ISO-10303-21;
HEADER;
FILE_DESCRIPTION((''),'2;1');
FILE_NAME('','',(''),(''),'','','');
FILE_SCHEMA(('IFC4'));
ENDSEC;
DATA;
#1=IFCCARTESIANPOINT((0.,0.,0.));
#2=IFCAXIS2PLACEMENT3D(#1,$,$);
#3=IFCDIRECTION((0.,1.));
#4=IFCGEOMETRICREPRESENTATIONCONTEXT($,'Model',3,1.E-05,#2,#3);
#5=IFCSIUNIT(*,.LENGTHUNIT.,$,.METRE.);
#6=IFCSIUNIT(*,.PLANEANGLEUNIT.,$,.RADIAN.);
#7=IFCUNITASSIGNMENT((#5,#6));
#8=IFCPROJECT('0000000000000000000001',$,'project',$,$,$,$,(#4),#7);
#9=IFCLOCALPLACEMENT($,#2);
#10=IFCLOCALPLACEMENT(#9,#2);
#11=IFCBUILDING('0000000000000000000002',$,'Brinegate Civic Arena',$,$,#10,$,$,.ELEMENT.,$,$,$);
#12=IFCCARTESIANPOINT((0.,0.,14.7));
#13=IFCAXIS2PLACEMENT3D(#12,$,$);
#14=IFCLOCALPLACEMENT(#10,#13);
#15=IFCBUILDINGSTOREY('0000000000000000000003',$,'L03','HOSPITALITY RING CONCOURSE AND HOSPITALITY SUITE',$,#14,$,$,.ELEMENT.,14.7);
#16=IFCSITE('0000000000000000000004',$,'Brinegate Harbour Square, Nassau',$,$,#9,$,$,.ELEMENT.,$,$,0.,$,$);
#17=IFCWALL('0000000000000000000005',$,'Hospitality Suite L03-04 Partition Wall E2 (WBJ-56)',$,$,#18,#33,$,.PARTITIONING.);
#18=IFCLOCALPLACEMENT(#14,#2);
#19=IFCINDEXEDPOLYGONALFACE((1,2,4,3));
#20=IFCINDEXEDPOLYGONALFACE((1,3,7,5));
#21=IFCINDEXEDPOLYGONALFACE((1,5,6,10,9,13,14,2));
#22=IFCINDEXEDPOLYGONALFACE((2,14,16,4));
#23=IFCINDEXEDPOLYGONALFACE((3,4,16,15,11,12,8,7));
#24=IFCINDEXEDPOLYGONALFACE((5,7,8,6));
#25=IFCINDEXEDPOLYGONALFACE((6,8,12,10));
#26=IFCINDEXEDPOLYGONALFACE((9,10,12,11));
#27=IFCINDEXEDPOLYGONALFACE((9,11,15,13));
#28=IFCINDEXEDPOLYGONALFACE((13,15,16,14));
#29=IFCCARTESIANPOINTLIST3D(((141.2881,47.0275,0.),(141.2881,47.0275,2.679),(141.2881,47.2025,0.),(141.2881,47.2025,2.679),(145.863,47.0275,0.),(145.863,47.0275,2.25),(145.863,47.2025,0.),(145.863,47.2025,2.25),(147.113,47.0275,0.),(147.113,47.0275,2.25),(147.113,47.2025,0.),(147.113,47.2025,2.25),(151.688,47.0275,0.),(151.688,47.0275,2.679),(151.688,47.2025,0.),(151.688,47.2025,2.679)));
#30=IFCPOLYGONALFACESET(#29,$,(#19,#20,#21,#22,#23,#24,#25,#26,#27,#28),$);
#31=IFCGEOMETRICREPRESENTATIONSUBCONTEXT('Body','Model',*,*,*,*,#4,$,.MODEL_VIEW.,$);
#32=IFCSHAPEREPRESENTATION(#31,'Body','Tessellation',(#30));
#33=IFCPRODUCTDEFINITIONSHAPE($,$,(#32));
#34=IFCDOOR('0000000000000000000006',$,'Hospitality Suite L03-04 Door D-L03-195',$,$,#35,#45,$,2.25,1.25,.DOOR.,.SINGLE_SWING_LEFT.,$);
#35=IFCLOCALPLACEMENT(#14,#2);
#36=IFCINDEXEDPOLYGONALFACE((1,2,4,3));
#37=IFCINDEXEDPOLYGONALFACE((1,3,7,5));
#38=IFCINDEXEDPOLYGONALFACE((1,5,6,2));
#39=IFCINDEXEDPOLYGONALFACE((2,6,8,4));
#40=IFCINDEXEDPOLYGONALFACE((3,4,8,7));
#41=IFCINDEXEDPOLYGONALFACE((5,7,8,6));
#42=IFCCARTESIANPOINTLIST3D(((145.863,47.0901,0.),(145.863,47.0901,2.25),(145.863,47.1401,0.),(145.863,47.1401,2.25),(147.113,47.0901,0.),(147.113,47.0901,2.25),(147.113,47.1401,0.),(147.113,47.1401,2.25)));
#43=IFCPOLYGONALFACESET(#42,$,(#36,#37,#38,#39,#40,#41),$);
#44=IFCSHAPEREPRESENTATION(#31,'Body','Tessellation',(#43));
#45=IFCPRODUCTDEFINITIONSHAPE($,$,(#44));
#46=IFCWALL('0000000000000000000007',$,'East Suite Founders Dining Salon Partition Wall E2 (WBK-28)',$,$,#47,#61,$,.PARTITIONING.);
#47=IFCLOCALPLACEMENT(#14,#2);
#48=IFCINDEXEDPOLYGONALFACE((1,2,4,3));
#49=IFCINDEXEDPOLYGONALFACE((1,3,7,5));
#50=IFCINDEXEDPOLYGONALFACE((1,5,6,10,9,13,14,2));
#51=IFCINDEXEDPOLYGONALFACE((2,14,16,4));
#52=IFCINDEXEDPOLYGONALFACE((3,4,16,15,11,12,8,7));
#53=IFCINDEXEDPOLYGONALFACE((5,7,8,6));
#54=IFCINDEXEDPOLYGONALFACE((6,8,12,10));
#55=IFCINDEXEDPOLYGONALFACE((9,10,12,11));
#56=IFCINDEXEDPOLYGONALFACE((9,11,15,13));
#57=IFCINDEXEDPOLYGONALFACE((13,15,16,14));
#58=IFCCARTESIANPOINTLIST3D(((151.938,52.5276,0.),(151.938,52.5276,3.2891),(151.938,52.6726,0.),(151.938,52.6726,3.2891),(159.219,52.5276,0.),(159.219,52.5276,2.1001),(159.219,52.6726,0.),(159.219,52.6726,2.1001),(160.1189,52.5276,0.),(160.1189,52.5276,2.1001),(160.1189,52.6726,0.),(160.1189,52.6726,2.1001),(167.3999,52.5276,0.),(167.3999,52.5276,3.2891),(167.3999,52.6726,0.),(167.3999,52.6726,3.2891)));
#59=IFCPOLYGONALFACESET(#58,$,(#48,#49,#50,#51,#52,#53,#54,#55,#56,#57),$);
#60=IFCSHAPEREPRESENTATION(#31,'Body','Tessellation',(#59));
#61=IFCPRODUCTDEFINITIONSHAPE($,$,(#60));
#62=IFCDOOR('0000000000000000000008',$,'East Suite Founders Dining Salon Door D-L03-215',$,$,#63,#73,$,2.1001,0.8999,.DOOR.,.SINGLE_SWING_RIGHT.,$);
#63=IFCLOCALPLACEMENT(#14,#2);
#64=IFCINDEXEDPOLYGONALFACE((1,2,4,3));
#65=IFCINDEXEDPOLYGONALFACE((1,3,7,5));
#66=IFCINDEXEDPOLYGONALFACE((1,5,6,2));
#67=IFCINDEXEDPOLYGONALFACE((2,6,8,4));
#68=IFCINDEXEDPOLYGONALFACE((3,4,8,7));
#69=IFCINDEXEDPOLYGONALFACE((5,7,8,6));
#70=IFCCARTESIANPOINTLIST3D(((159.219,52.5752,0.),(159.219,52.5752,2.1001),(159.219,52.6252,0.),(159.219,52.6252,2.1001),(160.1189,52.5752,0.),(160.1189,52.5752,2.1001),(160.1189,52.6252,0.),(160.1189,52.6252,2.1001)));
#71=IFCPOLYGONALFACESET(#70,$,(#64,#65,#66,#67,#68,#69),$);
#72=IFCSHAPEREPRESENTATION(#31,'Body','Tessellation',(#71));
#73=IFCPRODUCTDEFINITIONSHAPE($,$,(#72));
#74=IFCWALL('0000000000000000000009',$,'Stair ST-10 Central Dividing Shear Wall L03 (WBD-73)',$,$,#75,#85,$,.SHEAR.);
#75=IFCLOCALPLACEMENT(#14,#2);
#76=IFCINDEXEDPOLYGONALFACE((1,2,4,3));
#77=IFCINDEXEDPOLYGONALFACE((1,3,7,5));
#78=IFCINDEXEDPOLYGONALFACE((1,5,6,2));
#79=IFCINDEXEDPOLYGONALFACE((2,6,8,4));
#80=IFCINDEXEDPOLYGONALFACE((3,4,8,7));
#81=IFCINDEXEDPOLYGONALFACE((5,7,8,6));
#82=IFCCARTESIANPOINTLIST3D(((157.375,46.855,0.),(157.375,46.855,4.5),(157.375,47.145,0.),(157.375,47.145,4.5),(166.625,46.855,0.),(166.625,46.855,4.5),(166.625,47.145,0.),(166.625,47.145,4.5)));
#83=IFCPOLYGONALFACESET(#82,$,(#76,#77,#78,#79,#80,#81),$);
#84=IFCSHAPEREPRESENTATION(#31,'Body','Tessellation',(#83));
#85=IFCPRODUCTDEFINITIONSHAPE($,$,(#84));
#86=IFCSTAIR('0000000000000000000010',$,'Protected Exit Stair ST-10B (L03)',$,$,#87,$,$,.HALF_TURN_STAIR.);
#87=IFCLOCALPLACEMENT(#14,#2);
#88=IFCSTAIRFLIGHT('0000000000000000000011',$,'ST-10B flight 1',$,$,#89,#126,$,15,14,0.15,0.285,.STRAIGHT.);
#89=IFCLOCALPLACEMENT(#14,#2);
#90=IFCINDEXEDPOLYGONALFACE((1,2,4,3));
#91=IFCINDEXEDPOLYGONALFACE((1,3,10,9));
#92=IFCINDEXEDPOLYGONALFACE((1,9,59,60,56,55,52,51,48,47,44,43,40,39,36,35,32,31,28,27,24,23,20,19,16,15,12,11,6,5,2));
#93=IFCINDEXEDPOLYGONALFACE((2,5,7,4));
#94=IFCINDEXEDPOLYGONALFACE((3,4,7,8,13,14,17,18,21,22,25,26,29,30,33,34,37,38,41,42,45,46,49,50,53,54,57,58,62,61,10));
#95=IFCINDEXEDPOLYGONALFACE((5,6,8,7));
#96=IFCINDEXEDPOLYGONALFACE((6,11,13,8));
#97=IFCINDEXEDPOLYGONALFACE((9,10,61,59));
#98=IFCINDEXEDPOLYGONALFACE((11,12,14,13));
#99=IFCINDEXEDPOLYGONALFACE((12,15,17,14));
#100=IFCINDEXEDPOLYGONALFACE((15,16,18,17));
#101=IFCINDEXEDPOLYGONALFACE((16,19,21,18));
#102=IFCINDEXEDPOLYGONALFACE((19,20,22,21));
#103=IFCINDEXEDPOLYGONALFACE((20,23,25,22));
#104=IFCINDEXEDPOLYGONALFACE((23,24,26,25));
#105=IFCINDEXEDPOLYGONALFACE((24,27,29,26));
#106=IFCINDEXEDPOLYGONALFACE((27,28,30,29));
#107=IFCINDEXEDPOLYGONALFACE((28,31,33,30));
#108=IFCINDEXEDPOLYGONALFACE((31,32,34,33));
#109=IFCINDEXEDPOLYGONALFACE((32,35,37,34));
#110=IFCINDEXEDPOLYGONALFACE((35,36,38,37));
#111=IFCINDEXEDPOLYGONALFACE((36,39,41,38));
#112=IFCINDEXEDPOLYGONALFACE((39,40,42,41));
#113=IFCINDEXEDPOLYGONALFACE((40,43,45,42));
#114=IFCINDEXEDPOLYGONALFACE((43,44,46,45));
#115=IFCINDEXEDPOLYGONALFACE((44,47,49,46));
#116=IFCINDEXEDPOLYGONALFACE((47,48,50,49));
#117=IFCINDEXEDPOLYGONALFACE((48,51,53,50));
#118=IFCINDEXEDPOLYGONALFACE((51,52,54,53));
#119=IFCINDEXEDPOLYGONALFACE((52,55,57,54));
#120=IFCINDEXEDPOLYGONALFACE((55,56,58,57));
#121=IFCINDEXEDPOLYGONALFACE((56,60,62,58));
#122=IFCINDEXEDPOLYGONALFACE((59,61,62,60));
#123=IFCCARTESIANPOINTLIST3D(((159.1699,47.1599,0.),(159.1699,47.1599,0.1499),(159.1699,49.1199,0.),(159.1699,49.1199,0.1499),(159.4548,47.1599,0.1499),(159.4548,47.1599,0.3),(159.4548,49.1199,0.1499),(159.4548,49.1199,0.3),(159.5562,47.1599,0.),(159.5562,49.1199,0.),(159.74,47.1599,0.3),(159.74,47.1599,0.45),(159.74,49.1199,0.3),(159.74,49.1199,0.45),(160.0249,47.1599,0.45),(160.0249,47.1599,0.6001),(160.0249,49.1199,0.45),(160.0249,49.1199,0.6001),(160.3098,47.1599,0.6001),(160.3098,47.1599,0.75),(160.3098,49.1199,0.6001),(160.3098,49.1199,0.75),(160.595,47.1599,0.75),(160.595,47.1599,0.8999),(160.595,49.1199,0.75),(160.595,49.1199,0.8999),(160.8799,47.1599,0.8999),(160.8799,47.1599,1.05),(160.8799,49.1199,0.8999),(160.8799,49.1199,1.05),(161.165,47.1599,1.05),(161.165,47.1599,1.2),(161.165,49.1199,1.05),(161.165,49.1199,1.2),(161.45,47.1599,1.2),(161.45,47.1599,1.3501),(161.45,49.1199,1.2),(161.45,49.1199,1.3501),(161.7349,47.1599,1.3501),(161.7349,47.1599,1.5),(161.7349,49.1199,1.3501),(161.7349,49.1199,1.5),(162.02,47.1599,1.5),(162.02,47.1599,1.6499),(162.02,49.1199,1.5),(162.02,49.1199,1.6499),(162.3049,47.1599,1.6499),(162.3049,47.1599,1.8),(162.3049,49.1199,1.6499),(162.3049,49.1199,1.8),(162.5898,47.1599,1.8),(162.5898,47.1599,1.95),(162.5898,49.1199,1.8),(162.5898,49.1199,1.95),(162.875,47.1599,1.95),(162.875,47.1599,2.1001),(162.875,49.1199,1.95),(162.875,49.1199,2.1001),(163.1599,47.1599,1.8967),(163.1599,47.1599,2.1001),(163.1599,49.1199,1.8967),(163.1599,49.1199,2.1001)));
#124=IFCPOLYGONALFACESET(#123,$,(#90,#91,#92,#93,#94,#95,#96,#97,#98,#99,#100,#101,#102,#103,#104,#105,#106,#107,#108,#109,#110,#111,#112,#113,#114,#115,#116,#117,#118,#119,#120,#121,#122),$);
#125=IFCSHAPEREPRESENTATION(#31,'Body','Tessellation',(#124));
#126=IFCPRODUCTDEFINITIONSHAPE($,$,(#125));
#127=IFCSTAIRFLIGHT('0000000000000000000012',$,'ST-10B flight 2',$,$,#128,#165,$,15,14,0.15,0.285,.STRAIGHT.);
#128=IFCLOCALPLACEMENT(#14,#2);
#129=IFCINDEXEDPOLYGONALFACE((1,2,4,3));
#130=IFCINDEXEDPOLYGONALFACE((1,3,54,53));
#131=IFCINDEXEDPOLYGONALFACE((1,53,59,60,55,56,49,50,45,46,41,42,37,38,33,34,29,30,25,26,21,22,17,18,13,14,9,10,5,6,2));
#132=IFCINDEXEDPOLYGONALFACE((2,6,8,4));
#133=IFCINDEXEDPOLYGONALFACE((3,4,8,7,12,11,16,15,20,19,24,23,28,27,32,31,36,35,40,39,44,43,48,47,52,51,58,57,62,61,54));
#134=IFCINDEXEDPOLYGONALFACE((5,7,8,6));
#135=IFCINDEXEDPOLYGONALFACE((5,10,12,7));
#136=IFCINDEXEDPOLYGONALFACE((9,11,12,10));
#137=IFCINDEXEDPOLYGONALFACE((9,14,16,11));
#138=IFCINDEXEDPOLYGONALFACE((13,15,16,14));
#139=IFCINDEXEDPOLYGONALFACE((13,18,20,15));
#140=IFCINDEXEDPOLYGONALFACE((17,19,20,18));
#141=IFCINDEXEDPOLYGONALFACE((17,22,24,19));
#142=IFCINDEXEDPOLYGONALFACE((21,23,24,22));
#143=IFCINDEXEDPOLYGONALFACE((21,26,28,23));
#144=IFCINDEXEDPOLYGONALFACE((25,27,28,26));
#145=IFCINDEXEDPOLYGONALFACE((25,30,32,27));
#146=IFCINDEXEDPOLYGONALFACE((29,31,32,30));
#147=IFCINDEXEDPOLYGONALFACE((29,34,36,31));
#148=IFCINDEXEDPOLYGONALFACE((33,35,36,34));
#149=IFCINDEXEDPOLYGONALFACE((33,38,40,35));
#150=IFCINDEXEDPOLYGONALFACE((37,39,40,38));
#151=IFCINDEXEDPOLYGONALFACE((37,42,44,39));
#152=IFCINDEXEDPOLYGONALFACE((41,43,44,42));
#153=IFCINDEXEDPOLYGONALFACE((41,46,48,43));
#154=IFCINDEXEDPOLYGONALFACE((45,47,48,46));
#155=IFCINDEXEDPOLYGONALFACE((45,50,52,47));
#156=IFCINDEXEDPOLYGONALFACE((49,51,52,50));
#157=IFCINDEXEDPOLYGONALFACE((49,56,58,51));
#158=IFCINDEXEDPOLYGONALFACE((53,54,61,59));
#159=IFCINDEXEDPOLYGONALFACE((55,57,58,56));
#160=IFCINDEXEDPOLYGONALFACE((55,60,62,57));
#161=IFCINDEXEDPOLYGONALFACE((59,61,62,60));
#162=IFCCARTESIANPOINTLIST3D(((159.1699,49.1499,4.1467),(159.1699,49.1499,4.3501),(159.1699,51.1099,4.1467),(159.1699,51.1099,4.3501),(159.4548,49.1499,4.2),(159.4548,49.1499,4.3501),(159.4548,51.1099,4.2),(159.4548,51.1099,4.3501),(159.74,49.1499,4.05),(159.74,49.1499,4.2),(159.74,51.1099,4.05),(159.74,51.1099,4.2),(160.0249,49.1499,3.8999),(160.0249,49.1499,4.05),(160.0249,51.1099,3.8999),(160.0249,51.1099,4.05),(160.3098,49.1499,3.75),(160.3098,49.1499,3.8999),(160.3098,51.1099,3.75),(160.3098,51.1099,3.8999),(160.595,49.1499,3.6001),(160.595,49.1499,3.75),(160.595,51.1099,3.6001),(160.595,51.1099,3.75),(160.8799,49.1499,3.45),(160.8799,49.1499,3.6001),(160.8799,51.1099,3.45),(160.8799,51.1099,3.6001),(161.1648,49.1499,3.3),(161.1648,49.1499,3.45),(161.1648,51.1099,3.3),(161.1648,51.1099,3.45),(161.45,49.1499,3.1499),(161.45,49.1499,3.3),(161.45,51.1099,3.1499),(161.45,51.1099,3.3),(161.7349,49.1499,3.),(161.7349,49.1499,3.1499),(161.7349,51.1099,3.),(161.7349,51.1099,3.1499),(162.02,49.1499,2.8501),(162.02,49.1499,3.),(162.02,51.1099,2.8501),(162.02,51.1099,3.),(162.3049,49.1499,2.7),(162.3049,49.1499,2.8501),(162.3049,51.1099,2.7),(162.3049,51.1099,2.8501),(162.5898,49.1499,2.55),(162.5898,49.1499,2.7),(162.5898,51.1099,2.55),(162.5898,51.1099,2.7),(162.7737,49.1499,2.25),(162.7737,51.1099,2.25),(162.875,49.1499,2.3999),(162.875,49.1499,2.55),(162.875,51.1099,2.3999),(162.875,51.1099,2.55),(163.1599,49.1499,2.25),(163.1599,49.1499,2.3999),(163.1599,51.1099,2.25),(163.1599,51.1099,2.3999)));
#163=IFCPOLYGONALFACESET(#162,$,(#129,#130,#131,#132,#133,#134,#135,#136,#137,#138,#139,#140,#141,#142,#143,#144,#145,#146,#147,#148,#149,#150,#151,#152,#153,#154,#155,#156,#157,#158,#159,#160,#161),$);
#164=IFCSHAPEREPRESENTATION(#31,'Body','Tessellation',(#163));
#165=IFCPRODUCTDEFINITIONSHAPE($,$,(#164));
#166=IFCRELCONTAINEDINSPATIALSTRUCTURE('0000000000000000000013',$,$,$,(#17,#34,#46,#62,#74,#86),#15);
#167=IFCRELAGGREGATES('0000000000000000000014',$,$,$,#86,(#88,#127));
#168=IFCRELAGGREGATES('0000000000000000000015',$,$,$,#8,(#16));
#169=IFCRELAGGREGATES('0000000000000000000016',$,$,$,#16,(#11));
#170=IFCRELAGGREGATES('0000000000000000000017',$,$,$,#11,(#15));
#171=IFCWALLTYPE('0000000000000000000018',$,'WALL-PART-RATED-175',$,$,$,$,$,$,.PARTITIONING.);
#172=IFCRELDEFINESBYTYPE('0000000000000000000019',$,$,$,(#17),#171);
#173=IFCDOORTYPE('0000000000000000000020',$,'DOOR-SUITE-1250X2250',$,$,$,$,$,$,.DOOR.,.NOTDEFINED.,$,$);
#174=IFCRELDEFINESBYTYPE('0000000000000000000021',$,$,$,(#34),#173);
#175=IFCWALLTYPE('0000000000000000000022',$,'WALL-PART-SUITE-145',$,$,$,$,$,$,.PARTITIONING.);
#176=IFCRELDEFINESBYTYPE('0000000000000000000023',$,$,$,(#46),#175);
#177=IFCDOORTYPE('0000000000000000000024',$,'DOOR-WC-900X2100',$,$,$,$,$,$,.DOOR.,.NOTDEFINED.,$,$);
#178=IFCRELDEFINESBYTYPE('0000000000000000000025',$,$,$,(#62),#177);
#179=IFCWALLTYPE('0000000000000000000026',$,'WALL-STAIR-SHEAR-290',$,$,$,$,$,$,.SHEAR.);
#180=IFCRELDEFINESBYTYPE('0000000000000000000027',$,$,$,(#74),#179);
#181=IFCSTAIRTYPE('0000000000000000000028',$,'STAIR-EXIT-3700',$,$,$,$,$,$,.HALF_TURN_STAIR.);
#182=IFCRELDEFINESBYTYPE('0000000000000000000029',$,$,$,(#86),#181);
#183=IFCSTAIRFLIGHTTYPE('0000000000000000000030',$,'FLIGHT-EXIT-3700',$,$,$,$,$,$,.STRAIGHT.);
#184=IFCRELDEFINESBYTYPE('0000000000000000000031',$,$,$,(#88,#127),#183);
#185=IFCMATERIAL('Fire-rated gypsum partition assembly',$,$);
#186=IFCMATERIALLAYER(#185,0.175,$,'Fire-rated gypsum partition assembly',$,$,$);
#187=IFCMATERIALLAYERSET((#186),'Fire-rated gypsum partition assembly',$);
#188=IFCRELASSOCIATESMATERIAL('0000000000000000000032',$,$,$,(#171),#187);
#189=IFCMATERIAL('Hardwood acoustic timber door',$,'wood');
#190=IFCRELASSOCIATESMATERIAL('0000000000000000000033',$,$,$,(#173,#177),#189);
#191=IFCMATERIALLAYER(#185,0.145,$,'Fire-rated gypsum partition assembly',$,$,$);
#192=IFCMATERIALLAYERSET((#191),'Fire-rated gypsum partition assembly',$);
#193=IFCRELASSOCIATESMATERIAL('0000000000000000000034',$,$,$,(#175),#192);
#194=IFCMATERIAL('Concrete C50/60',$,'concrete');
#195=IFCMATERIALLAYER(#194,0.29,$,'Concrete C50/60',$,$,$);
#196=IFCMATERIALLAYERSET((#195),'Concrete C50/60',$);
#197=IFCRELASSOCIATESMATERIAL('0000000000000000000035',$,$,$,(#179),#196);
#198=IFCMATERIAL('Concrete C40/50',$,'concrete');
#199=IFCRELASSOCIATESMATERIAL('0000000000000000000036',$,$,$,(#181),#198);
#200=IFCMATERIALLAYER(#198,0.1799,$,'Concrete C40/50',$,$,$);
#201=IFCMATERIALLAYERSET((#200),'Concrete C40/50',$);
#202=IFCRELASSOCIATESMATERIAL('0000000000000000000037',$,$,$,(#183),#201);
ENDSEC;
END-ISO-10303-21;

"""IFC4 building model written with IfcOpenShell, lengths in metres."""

from ifc_helpers import new_model, si_unit, direction, frame, frame_2d, origin, place, context, subcontext, project, spatial, polyline, rectangle, outline, extrude, material, layer, layer_set, type_object, element, fill, aggregate, save


model = new_model("IFC4")

# Units and contexts
model_context = context("Model", 3, precision=1e-05, world=origin(), true_north=direction((0.0, 1.0)))
body_context = subcontext(model_context, "Body", "Model", "MODEL_VIEW")
ifc_project = project(units=[si_unit("LENGTHUNIT", "METRE"), si_unit("PLANEANGLEUNIT", "RADIAN")], contexts=[model_context])

# Site, building, storey
site_placement = place(None, origin())
site = spatial("IfcSite", under=ifc_project, at=site_placement, Name="Brinegate Harbour Square, Nassau", CompositionType="ELEMENT", RefElevation=0.0)
building_placement = place(site_placement, origin())
building = spatial("IfcBuilding", under=site, at=building_placement, Name="Brinegate Civic Arena", CompositionType="ELEMENT")
storey_placement = place(building_placement, frame((0.0, 0.0, 14.7)))
storey = spatial("IfcBuildingStorey", under=building, at=storey_placement, Name="L03", Description="HOSPITALITY RING CONCOURSE AND HOSPITALITY SUITE", CompositionType="ELEMENT", Elevation=14.7)

# Shared definitions
ifc_material_1 = material(Name="Concrete C50/60", Category="concrete")

# Shared definitions
ifc_material_2 = material(Name="Fire-rated gypsum partition assembly")
ifc_material_3 = material(Name="Hardwood acoustic timber door", Category="wood")

# Shared definitions
ifc_layer_1 = layer(ifc_material_2, 0.175, Name="Fire-rated gypsum partition assembly")
ifc_layer_set_1 = layer_set([ifc_layer_1], Name="Fire-rated gypsum partition assembly")
wall_type_1 = type_object("IfcWallType", Name="WALL-PART-RATED-175", PredefinedType="PARTITIONING", material=ifc_layer_set_1)

# Walls, openings, doors
wall_1_placement = place(storey_placement, frame((151.688, 47.115, 0.0), z_axis=(0.0, 0.0, 1.0), x_axis=(-1.0, 0.0, 0.0)))
wall_1 = element("IfcWall", 1, at=wall_1_placement, inside=storey, type_object=wall_type_1, Name="Hospitality Suite L03-04 Partition Wall E2 (WBJ-56)", PredefinedType="PARTITIONING", context=body_context, shape_type="SweptSolid", body=[
    extrude(rectangle(XDim=10.3999, YDim=0.175, at=frame_2d((5.2, 0.0))), origin(), (0.0, 0.0, 1.0), 2.679),
])
opening_1_placement = place(wall_1_placement, frame((4.575, 0.0, 0.0)))
opening_1 = element("IfcOpeningElement", 2, at=opening_1_placement, cuts=wall_1, PredefinedType="OPENING", context=body_context, shape_type="SweptSolid", body=[
    extrude(rectangle(XDim=1.25, YDim=2.25, at=frame_2d((0.625, 1.125))), frame((0.0, 0.0974, 0.0), z_axis=(0.0, -1.0, 0.0), x_axis=(1.0, 0.0, 0.0)), (0.0, 0.0, 1.0), 0.1951),
])
door_type_1 = type_object("IfcDoorType", Name="DOOR-SUITE-1250X2250", OperationType="NOTDEFINED", PredefinedType="DOOR", material=ifc_material_3)
door_1_placement = place(opening_1_placement, origin())
door_1 = element("IfcDoor", 3, at=door_1_placement, inside=storey, type_object=door_type_1, Name="Hospitality Suite L03-04 Door D-L03-195", OperationType="SINGLE_SWING_LEFT", OverallHeight=2.25, OverallWidth=1.25, PredefinedType="DOOR", context=body_context, shape_type="SweptSolid", body=[
    extrude(rectangle(XDim=1.25, YDim=2.25, at=frame_2d((0.625, 1.125))), frame((0.0, 0.0249, 0.0), z_axis=(0.0, -1.0, 0.0), x_axis=(1.0, 0.0, 0.0)), (0.0, 0.0, 1.0), 0.05),
])
fill(opening_1, door_1)
ifc_layer_2 = layer(ifc_material_2, 0.145, Name="Fire-rated gypsum partition assembly")
ifc_layer_set_2 = layer_set([ifc_layer_2], Name="Fire-rated gypsum partition assembly")
wall_type_2 = type_object("IfcWallType", Name="WALL-PART-SUITE-145", PredefinedType="PARTITIONING", material=ifc_layer_set_2)
wall_2_placement = place(storey_placement, frame((167.3999, 52.6001, 0.0), z_axis=(0.0, 0.0, 1.0), x_axis=(-1.0, 0.0, 0.0)))
wall_2 = element("IfcWall", 4, at=wall_2_placement, inside=storey, type_object=wall_type_2, Name="East Suite Founders Dining Salon Partition Wall E2 (WBK-28)", PredefinedType="PARTITIONING", context=body_context, shape_type="SweptSolid", body=[
    extrude(rectangle(XDim=15.4619, YDim=0.145, at=frame_2d((7.731, 0.0))), origin(), (0.0, 0.0, 1.0), 3.2891),
])
opening_2_placement = place(wall_2_placement, frame((7.281, 0.0, 0.0)))
opening_2 = element("IfcOpeningElement", 5, at=opening_2_placement, cuts=wall_2, PredefinedType="OPENING", context=body_context, shape_type="SweptSolid", body=[
    extrude(rectangle(XDim=0.8999, YDim=2.1001, at=frame_2d((0.45, 1.05))), frame((0.0, 0.0825, 0.0), z_axis=(0.0, -1.0, 0.0), x_axis=(1.0, 0.0, 0.0)), (0.0, 0.0, 1.0), 0.165),
])
door_type_2 = type_object("IfcDoorType", Name="DOOR-WC-900X2100", OperationType="NOTDEFINED", PredefinedType="DOOR", material=ifc_material_3)
door_2_placement = place(opening_2_placement, origin())
door_2 = element("IfcDoor", 6, at=door_2_placement, inside=storey, type_object=door_type_2, Name="East Suite Founders Dining Salon Door D-L03-215", OperationType="SINGLE_SWING_RIGHT", OverallHeight=2.1001, OverallWidth=0.8999, PredefinedType="DOOR", context=body_context, shape_type="SweptSolid", body=[
    extrude(rectangle(XDim=0.8999, YDim=2.1001, at=frame_2d((0.45, 1.05))), frame((0.0, 0.0249, 0.0), z_axis=(0.0, -1.0, 0.0), x_axis=(1.0, 0.0, 0.0)), (0.0, 0.0, 1.0), 0.05),
])
fill(opening_2, door_2)

# Wall
ifc_layer_3 = layer(ifc_material_1, 0.29, Name="Concrete C50/60")
ifc_layer_set_3 = layer_set([ifc_layer_3], Name="Concrete C50/60")
wall_type_3 = type_object("IfcWallType", Name="WALL-STAIR-SHEAR-290", PredefinedType="SHEAR", material=ifc_layer_set_3)
wall_3_placement = place(storey_placement, frame((157.375, 47.0, 0.0), z_axis=(0.0, 0.0, 1.0), x_axis=(1.0, 0.0, 0.0)))
element("IfcWall", 7, at=wall_3_placement, inside=storey, type_object=wall_type_3, Name="Stair ST-10 Central Dividing Shear Wall L03 (WBD-73)", PredefinedType="SHEAR", context=body_context, shape_type="SweptSolid", body=[
    extrude(rectangle(XDim=9.25, YDim=0.29, at=frame_2d((4.625, 0.0))), origin(), (0.0, 0.0, 1.0), 4.5),
])

# Stair, stair flights
ifc_material_4 = material(Name="Concrete C40/50", Category="concrete")
stair_type = type_object("IfcStairType", Name="STAIR-EXIT-3700", PredefinedType="HALF_TURN_STAIR", material=ifc_material_4)
stair_placement = place(storey_placement, origin())
stair = element("IfcStair", 8, at=stair_placement, inside=storey, type_object=stair_type, Name="Protected Exit Stair ST-10B (L03)", PredefinedType="HALF_TURN_STAIR")
ifc_layer_4 = layer(ifc_material_4, 0.1799, Name="Concrete C40/50")
ifc_layer_set_4 = layer_set([ifc_layer_4], Name="Concrete C40/50")
stair_flight_type = type_object("IfcStairFlightType", Name="FLIGHT-EXIT-3700", PredefinedType="STRAIGHT", material=ifc_layer_set_4)
stair_flight_1_placement = place(storey_placement, frame((159.1699, 48.1399, 0.0), z_axis=(0.0, 0.0, 1.0), x_axis=(1.0, 0.0, 0.0)))
stair_flight_1 = element("IfcStairFlight", 9, at=stair_flight_1_placement, type_object=stair_flight_type, Name="ST-10B flight 1", NumberOfRisers=15, NumberOfTreads=14, PredefinedType="STRAIGHT", RiserHeight=0.15, TreadLength=0.285, context=body_context, shape_type="SweptSolid", body=[
    extrude(outline(polyline([(0.0, 0.0), (0.0, 0.1499), (0.2849, 0.1499), (0.2849, 0.3), (0.5701, 0.3), (0.5701, 0.45), (0.855, 0.45), (0.855, 0.6001), (1.1399, 0.6001), (1.1399, 0.75), (1.425, 0.75), (1.425, 0.8999), (1.71, 0.8999), (1.71, 1.05), (1.9951, 1.05), (1.9951, 1.2), (2.28, 1.2), (2.28, 1.3501), (2.5649, 1.3501), (2.5649, 1.5), (2.8501, 1.5), (2.8501, 1.6499), (3.135, 1.6499), (3.135, 1.8), (3.4199, 1.8), (3.4199, 1.95), (3.7051, 1.95), (3.7051, 2.1001), (3.99, 2.1001), (3.99, 2.25), (3.99, 1.8967), (0.3862, 0.0), (0.0, 0.0)])), frame((0.0, 0.98, 0.0), z_axis=(0.0, -1.0, 0.0), x_axis=(1.0, 0.0, 0.0)), (0.0, 0.0, 1.0), 1.96),
])
stair_flight_2_placement = place(storey_placement, frame((163.1599, 50.1299, 2.25), z_axis=(0.0, 0.0, 1.0), x_axis=(-1.0, 0.0, 0.0)))
stair_flight_2 = element("IfcStairFlight", 10, at=stair_flight_2_placement, type_object=stair_flight_type, Name="ST-10B flight 2", NumberOfRisers=15, NumberOfTreads=14, PredefinedType="STRAIGHT", RiserHeight=0.15, TreadLength=0.285, context=body_context, shape_type="SweptSolid", body=[
    extrude(outline(polyline([(0.0, 0.0), (0.0, 0.1499), (0.2849, 0.1499), (0.2849, 0.3), (0.5701, 0.3), (0.5701, 0.45), (0.855, 0.45), (0.855, 0.6001), (1.1399, 0.6001), (1.1399, 0.75), (1.425, 0.75), (1.425, 0.8999), (1.71, 0.8999), (1.71, 1.05), (1.9951, 1.05), (1.9951, 1.2), (2.28, 1.2), (2.28, 1.3501), (2.5649, 1.3501), (2.5649, 1.5), (2.8501, 1.5), (2.8501, 1.6499), (3.135, 1.6499), (3.135, 1.8), (3.4199, 1.8), (3.4199, 1.95), (3.7051, 1.95), (3.7051, 2.1001), (3.99, 2.1001), (3.99, 2.25), (3.99, 1.8967), (0.3862, 0.0), (0.0, 0.0)])), frame((0.0, 0.98, 0.0), z_axis=(0.0, -1.0, 0.0), x_axis=(1.0, 0.0, 0.0)), (0.0, 0.0, 1.0), 1.96),
])
aggregate(stair, [stair_flight_1, stair_flight_2])

save(model, "model.ifc")
